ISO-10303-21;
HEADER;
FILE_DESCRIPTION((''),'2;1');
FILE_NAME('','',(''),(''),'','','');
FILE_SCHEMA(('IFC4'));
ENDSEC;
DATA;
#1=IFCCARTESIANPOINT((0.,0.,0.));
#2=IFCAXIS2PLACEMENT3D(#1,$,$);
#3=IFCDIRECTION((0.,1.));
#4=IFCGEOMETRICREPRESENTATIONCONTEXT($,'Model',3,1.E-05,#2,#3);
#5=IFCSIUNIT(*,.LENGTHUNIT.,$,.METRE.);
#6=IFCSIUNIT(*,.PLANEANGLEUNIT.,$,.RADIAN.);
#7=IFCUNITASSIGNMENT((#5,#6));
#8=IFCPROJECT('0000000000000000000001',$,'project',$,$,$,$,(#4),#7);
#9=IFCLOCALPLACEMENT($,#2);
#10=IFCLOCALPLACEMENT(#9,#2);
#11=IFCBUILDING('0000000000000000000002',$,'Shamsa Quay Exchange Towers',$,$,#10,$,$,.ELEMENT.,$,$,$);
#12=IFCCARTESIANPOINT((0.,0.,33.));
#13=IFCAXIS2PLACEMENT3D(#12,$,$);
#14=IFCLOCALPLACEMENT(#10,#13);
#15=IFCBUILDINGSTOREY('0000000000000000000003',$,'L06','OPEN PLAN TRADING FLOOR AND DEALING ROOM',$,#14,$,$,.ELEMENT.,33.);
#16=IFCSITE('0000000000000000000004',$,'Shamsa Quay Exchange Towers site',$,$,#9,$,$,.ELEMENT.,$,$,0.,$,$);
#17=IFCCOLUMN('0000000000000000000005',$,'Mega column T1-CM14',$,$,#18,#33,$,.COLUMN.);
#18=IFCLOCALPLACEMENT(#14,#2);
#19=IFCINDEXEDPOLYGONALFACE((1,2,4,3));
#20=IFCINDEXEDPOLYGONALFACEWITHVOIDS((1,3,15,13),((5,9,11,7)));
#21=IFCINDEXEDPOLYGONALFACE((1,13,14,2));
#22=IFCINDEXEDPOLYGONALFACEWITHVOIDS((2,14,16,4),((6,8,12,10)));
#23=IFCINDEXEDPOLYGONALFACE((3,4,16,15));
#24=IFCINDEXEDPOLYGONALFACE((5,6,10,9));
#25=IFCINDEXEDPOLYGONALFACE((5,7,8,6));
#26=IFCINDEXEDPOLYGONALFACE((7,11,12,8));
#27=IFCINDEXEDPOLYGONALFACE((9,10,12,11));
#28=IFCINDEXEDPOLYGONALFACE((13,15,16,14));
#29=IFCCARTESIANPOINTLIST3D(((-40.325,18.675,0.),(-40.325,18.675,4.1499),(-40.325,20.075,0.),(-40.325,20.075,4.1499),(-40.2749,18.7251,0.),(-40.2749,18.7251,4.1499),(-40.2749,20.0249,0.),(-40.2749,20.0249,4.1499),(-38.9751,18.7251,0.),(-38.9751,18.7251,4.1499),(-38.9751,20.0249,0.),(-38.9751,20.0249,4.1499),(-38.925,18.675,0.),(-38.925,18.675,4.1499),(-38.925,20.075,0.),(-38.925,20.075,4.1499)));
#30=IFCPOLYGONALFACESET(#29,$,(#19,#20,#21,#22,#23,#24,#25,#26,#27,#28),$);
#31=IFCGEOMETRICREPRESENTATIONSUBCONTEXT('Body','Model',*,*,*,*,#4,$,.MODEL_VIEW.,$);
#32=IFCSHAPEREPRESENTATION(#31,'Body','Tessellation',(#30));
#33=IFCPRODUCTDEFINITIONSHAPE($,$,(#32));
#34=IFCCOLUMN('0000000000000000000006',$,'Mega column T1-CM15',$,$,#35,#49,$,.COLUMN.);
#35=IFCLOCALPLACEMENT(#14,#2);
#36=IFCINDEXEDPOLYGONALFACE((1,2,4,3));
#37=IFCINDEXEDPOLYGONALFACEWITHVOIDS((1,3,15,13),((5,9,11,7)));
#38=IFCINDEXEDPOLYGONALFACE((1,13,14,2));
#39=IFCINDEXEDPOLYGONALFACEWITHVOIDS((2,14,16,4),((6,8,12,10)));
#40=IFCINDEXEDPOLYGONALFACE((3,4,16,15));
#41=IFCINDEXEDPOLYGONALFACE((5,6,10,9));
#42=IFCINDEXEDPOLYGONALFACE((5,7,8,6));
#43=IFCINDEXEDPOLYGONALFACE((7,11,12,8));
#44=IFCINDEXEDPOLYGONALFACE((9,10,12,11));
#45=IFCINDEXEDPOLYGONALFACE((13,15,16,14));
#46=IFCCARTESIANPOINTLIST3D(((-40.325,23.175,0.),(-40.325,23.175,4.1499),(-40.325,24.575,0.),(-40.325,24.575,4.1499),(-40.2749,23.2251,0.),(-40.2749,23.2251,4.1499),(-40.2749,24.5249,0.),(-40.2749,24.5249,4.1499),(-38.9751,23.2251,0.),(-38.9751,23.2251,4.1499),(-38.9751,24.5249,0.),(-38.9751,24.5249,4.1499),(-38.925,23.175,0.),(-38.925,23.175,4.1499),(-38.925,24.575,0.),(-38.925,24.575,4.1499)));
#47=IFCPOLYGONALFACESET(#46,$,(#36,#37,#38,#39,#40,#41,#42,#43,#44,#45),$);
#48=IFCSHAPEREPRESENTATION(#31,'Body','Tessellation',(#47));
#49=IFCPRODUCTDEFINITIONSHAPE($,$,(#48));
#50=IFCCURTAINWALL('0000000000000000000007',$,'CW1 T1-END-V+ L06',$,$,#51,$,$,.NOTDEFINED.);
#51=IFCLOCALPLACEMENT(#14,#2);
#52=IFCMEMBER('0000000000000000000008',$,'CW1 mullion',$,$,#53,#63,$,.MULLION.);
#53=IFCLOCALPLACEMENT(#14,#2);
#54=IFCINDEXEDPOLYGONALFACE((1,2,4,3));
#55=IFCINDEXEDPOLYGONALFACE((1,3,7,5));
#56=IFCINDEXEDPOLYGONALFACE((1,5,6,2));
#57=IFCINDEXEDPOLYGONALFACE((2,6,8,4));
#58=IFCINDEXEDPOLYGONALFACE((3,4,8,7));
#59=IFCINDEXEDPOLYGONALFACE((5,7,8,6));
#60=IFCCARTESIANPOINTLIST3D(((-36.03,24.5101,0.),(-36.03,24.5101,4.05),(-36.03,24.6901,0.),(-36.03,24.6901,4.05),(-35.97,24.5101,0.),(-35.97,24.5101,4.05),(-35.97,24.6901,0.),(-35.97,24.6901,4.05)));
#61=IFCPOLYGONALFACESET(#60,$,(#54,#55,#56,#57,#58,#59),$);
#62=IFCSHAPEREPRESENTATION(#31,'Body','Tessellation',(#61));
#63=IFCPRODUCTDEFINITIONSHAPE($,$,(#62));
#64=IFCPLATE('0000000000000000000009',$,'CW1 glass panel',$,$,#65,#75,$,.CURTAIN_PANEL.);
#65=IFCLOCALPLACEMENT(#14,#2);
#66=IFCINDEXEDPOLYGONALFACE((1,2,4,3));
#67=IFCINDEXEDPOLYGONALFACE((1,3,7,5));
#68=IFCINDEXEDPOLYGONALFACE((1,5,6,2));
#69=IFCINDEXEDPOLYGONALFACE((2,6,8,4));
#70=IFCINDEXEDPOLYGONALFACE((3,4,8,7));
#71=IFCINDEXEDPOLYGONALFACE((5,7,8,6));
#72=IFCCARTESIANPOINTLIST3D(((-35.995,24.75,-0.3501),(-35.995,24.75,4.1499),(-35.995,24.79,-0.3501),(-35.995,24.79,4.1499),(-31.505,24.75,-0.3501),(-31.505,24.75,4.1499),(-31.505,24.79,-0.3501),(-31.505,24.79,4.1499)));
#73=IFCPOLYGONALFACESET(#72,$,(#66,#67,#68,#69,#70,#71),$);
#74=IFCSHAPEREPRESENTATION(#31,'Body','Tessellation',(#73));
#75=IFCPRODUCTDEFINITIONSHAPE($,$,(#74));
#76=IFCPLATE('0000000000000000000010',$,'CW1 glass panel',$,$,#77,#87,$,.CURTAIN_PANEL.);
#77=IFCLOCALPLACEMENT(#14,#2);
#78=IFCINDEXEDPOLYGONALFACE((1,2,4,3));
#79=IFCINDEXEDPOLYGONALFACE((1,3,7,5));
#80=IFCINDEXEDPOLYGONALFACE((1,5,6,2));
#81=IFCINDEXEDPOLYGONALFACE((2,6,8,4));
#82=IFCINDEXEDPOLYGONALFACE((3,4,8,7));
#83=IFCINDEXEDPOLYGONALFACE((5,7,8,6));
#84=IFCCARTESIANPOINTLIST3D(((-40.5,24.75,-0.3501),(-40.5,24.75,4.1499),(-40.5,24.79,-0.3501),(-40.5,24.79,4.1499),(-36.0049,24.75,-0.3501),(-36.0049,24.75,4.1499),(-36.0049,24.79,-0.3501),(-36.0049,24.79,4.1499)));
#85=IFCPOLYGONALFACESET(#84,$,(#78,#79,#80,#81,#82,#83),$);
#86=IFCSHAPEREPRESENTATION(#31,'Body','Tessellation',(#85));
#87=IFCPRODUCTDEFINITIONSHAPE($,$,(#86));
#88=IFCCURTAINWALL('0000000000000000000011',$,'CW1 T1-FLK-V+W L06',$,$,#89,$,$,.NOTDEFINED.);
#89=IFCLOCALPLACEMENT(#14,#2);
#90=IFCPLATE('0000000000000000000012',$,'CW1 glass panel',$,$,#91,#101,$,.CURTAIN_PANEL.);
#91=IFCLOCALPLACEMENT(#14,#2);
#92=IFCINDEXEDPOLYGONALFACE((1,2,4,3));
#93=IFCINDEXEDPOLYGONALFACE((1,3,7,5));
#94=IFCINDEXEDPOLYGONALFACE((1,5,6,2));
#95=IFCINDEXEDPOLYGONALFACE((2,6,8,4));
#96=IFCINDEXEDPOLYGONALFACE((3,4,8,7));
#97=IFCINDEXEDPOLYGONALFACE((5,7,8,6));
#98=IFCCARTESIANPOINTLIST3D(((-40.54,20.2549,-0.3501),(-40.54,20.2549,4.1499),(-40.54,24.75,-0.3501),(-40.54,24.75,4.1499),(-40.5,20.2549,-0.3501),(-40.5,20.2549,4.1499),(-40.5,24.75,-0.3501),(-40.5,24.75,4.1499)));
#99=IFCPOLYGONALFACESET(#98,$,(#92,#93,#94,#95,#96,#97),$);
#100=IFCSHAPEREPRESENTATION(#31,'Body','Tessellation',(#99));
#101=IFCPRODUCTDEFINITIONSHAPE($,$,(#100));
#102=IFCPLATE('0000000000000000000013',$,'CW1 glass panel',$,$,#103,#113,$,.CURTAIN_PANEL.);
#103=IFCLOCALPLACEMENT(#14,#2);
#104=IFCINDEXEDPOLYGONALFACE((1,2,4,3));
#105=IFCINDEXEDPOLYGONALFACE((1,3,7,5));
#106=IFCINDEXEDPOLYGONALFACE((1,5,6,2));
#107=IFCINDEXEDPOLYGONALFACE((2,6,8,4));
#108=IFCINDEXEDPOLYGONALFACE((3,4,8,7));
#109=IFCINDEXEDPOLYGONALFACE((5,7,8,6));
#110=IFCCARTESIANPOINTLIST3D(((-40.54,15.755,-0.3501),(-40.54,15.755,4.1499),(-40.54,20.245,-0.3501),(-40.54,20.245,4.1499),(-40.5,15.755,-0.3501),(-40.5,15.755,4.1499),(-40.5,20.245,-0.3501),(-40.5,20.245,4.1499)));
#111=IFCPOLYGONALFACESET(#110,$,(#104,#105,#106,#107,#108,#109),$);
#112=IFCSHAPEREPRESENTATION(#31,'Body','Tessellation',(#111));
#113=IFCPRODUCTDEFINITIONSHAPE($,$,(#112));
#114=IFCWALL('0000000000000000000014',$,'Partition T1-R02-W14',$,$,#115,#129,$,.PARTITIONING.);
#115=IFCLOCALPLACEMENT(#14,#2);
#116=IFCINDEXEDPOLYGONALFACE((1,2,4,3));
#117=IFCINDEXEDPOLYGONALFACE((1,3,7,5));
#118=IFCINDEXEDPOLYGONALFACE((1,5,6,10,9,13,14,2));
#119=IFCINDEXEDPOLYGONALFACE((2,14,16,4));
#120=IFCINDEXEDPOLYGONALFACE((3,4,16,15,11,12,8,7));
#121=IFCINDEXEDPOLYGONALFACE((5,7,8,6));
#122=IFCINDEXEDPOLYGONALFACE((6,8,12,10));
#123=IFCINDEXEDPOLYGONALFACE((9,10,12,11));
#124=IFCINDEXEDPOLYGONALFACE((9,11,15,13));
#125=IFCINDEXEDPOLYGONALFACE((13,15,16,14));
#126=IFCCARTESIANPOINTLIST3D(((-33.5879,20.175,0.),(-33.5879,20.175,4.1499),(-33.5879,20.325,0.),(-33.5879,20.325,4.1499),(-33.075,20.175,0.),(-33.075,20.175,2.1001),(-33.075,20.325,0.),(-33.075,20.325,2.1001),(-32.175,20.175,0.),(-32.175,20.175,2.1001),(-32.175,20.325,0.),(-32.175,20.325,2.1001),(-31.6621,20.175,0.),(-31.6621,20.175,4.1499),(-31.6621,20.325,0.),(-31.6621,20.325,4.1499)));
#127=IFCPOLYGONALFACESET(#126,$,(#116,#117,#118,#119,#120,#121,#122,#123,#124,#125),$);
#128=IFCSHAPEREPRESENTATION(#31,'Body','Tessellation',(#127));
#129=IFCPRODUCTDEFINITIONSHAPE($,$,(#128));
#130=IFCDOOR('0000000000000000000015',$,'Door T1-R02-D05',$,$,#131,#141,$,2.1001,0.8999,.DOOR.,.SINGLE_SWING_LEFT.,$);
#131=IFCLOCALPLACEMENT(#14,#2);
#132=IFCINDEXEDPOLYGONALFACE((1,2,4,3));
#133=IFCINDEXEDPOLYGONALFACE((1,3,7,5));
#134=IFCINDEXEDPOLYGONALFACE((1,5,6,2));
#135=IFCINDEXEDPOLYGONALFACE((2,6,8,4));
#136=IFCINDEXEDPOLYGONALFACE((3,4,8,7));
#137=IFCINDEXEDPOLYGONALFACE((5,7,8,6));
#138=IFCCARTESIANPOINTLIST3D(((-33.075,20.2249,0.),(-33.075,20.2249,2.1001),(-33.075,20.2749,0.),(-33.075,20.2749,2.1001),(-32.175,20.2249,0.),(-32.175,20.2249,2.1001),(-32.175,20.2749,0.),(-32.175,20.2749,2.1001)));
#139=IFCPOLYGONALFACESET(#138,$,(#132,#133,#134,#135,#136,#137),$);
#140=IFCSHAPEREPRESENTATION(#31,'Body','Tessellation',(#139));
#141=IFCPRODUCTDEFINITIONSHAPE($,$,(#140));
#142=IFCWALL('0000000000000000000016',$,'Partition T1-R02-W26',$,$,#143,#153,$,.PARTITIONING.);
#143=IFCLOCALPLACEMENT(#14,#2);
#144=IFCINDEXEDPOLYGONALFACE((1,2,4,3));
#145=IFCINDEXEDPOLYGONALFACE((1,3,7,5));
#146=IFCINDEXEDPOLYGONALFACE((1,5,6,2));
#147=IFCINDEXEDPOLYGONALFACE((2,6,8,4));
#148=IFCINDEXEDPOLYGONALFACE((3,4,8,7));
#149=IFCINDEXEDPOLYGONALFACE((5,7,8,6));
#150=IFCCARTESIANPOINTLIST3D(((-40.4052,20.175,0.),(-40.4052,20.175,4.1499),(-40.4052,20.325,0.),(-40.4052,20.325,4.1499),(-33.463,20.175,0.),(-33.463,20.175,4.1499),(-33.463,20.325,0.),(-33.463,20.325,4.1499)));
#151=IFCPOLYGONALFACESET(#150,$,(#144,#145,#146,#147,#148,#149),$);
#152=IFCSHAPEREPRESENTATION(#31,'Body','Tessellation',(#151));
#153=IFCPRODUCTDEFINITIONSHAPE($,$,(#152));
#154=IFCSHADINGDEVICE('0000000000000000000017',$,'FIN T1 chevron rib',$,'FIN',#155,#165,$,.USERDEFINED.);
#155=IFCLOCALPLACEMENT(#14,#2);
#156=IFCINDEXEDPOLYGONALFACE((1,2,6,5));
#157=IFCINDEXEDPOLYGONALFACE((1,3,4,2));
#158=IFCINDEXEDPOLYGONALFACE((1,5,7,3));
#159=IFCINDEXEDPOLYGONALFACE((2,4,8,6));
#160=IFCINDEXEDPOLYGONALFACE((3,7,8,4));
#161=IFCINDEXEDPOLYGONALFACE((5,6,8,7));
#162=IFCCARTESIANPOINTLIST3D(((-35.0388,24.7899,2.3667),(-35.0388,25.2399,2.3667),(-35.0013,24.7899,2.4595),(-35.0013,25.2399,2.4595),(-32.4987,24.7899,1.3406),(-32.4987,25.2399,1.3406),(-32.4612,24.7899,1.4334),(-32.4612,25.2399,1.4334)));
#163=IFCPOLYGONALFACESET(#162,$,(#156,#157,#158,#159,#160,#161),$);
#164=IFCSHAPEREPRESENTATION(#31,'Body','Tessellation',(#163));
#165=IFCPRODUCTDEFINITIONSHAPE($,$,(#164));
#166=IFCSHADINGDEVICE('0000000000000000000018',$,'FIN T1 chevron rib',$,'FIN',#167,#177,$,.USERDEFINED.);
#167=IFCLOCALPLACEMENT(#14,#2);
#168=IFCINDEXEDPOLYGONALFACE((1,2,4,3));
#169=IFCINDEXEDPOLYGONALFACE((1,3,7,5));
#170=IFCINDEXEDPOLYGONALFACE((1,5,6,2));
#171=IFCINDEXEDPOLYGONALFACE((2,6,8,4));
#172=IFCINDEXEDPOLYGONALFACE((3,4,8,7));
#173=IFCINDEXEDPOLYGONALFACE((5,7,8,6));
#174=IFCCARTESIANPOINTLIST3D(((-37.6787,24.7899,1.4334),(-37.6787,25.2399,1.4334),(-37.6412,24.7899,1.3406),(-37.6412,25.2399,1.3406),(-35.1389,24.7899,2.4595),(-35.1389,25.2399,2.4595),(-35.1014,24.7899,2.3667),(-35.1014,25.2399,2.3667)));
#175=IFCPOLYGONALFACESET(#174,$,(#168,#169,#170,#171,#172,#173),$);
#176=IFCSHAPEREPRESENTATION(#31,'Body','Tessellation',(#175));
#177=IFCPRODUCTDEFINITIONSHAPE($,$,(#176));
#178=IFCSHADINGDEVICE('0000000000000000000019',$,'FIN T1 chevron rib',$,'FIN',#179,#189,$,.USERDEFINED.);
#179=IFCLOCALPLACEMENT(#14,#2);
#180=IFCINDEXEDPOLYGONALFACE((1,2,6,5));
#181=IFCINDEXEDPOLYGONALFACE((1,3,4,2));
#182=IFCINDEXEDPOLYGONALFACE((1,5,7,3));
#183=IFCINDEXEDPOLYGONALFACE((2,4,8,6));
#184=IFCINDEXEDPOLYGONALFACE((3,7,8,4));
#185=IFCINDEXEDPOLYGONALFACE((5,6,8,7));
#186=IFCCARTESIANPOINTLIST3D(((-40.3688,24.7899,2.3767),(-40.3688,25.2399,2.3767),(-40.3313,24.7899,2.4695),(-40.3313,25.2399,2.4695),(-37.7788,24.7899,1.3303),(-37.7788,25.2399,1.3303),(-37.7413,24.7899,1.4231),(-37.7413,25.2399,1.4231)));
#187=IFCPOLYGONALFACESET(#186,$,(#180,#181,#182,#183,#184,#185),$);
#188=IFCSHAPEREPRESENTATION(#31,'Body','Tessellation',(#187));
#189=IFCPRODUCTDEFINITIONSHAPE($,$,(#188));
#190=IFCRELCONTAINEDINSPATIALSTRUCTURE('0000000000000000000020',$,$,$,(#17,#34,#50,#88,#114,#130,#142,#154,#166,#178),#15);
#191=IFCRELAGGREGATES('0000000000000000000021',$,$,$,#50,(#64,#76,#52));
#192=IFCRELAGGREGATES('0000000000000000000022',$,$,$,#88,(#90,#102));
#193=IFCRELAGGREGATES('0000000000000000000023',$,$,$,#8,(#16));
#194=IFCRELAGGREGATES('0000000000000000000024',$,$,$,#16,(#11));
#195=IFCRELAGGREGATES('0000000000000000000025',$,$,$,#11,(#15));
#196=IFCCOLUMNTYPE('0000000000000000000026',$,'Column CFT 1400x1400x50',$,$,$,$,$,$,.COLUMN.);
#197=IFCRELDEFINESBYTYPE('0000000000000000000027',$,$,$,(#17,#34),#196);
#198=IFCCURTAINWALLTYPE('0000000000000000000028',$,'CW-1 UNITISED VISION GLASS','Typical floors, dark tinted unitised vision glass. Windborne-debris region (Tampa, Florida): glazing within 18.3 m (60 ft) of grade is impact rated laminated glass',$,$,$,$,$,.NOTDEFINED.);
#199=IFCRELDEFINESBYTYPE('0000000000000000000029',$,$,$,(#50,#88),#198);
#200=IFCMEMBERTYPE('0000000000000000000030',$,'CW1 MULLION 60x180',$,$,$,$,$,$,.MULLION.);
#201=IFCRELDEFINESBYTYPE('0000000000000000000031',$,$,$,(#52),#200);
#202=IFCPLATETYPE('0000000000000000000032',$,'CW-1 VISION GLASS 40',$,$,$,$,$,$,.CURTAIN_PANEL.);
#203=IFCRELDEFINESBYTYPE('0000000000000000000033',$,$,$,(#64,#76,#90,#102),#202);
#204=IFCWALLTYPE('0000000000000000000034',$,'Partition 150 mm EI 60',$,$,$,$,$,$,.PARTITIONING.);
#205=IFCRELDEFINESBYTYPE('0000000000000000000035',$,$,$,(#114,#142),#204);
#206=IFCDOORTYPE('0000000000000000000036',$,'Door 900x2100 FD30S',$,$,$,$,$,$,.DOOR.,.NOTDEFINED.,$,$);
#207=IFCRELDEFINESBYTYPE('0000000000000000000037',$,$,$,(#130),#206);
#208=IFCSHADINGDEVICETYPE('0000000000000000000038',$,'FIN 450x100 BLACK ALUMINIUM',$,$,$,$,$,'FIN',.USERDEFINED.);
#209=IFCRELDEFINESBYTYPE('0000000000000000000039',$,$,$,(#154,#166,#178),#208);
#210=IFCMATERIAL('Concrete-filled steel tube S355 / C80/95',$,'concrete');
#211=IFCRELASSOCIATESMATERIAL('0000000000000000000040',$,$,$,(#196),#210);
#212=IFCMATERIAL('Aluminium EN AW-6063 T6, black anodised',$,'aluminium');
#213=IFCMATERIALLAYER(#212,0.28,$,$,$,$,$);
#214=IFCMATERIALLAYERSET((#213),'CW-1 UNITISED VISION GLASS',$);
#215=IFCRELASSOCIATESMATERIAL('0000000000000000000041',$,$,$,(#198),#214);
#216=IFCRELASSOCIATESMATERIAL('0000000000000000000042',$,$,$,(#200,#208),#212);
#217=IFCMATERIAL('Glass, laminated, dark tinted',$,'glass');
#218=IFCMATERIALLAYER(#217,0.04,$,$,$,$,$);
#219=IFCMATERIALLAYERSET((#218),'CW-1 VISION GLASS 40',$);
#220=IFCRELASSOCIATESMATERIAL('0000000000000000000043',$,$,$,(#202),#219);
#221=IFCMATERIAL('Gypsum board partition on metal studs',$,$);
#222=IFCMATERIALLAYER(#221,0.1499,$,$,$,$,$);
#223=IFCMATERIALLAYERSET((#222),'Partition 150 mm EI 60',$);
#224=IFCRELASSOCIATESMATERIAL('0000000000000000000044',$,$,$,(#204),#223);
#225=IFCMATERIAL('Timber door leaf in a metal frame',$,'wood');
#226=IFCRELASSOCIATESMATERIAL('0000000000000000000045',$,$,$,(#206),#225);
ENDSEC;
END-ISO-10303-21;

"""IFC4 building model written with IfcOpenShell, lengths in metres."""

from ifc_helpers import new_model, si_unit, direction, frame, frame_2d, origin, origin_2d, place, context, subcontext, project, spatial, rectangle, hollow_rectangle, extrude, material, layer, layer_set, material_profile, profile_set, type_object, element, fill, aggregate, save


model = new_model("IFC4")

# Units and contexts
model_context = context("Model", 3, precision=1e-05, world=origin(), true_north=direction((0.0, 1.0)))
body_context = subcontext(model_context, "Body", "Model", "MODEL_VIEW")
ifc_project = project(units=[si_unit("LENGTHUNIT", "METRE"), si_unit("PLANEANGLEUNIT", "RADIAN")], contexts=[model_context])

# Site, building, storey
site_placement = place(None, origin())
site = spatial("IfcSite", under=ifc_project, at=site_placement, Name="Shamsa Quay Exchange Towers site", CompositionType="ELEMENT", RefElevation=0.0)
building_placement = place(site_placement, origin())
building = spatial("IfcBuilding", under=site, at=building_placement, Name="Shamsa Quay Exchange Towers", CompositionType="ELEMENT")
storey_placement = place(building_placement, frame((0.0, 0.0, 33.0)))
storey = spatial("IfcBuildingStorey", under=building, at=storey_placement, Name="L06", Description="OPEN PLAN TRADING FLOOR AND DEALING ROOM", CompositionType="ELEMENT", Elevation=33.0)

# Columns
ifc_material_1 = material(Name="Concrete-filled steel tube S355 / C80/95", Category="concrete")
ifc_material_profile_1 = material_profile(ifc_material_1, hollow_rectangle(XDim=1.3999, YDim=1.3999, WallThickness=0.05, at=origin_2d()), Name="CFT 1400x1400x50")
ifc_profile_set_1 = profile_set([ifc_material_profile_1], Name="Concrete-filled steel tube S355 / C80/95")
column_type = type_object("IfcColumnType", Name="Column CFT 1400x1400x50", PredefinedType="COLUMN", material=ifc_profile_set_1)
for number, where, name in (
    (1, (-39.625, 19.375, 0.0), "Mega column T1-CM14"),
    (2, (-39.625, 23.875, 0.0), "Mega column T1-CM15"),
):
    element("IfcColumn", number, at=place(storey_placement, frame(where)), inside=storey, type_object=column_type, Name=name, PredefinedType="COLUMN", context=body_context, shape_type="SweptSolid", body=[
        extrude(hollow_rectangle(XDim=1.3999, YDim=1.3999, WallThickness=0.05, at=origin_2d()), origin(), (0.0, 0.0, 1.0), 4.1499),
    ])

# Curtain wall, member, plates
ifc_material_2 = material(Name="Aluminium EN AW-6063 T6, black anodised", Category="aluminium")
ifc_layer_1 = layer(ifc_material_2, 0.28)
ifc_layer_set_1 = layer_set([ifc_layer_1], Name="CW-1 UNITISED VISION GLASS")
curtain_wall_type = type_object("IfcCurtainWallType", Name="CW-1 UNITISED VISION GLASS", Description="Typical floors, dark tinted unitised vision glass. Windborne-debris region (Tampa, Florida): glazing within 18.3 m (60 ft) of grade is impact rated laminated glass", PredefinedType="NOTDEFINED", material=ifc_layer_set_1)
curtain_wall_1_placement = place(storey_placement, origin())
curtain_wall_1 = element("IfcCurtainWall", 3, at=curtain_wall_1_placement, inside=storey, type_object=curtain_wall_type, Name="CW1 T1-END-V+ L06", PredefinedType="NOTDEFINED")
ifc_material_profile_2 = material_profile(ifc_material_2, rectangle(XDim=0.1799, YDim=0.0601, at=origin_2d()), Name="MU60x180")
ifc_profile_set_2 = profile_set([ifc_material_profile_2], Name="Aluminium EN AW-6063 T6, black anodised")
member_type = type_object("IfcMemberType", Name="CW1 MULLION 60x180", PredefinedType="MULLION", material=ifc_profile_set_2)
member_placement = place(storey_placement, frame((-36.0, 24.6001, 0.0), z_axis=(0.0, 0.0, 1.0), x_axis=(0.0, -1.0, 0.0)))
member = element("IfcMember", 4, at=member_placement, type_object=member_type, Name="CW1 mullion", PredefinedType="MULLION", context=body_context, shape_type="SweptSolid", body=[
    extrude(rectangle(XDim=0.1799, YDim=0.0601, at=origin_2d()), origin(), (0.0, 0.0, 1.0), 4.05),
])
ifc_material_3 = material(Name="Glass, laminated, dark tinted", Category="glass")
ifc_layer_2 = layer(ifc_material_3, 0.04)
ifc_layer_set_2 = layer_set([ifc_layer_2], Name="CW-1 VISION GLASS 40")
plate_type = type_object("IfcPlateType", Name="CW-1 VISION GLASS 40", PredefinedType="CURTAIN_PANEL", material=ifc_layer_set_2)
plate_1_placement = place(storey_placement, frame((-33.75, 24.77, -0.3501), z_axis=(0.0, 0.0, 1.0), x_axis=(-1.0, 0.0, 0.0)))
plate_1 = element("IfcPlate", 5, at=plate_1_placement, type_object=plate_type, Name="CW1 glass panel", PredefinedType="CURTAIN_PANEL", context=body_context, shape_type="SweptSolid", body=[
    extrude(rectangle(XDim=4.49, YDim=0.04, at=origin_2d()), origin(), (0.0, 0.0, 1.0), 4.5),
])
plate_2_placement = place(storey_placement, frame((-38.2524, 24.77, -0.3501), z_axis=(0.0, 0.0, 1.0), x_axis=(-1.0, 0.0, 0.0)))
plate_2 = element("IfcPlate", 6, at=plate_2_placement, type_object=plate_type, Name="CW1 glass panel", PredefinedType="CURTAIN_PANEL", context=body_context, shape_type="SweptSolid", body=[
    extrude(rectangle(XDim=4.4951, YDim=0.04, at=origin_2d()), origin(), (0.0, 0.0, 1.0), 4.5),
])
aggregate(curtain_wall_1, [plate_1, plate_2, member])

# Curtain wall, plates
curtain_wall_2_placement = place(storey_placement, origin())
curtain_wall_2 = element("IfcCurtainWall", 7, at=curtain_wall_2_placement, inside=storey, type_object=curtain_wall_type, Name="CW1 T1-FLK-V+W L06", PredefinedType="NOTDEFINED")
plate_3_placement = place(storey_placement, frame((-40.52, 22.5024, -0.3501), z_axis=(0.0, 0.0, 1.0), x_axis=(0.0, -1.0, 0.0)))
plate_3 = element("IfcPlate", 8, at=plate_3_placement, type_object=plate_type, Name="CW1 glass panel", PredefinedType="CURTAIN_PANEL", context=body_context, shape_type="SweptSolid", body=[
    extrude(rectangle(XDim=4.4951, YDim=0.04, at=origin_2d()), origin(), (0.0, 0.0, 1.0), 4.5),
])
plate_4_placement = place(storey_placement, frame((-40.52, 18.0, -0.3501), z_axis=(0.0, 0.0, 1.0), x_axis=(0.0, -1.0, 0.0)))
plate_4 = element("IfcPlate", 9, at=plate_4_placement, type_object=plate_type, Name="CW1 glass panel", PredefinedType="CURTAIN_PANEL", context=body_context, shape_type="SweptSolid", body=[
    extrude(rectangle(XDim=4.49, YDim=0.04, at=origin_2d()), origin(), (0.0, 0.0, 1.0), 4.5),
])
aggregate(curtain_wall_2, [plate_3, plate_4])

# Wall, opening, door
ifc_material_4 = material(Name="Gypsum board partition on metal studs")
ifc_layer_3 = layer(ifc_material_4, 0.1499)
ifc_layer_set_3 = layer_set([ifc_layer_3], Name="Partition 150 mm EI 60")
wall_type = type_object("IfcWallType", Name="Partition 150 mm EI 60", PredefinedType="PARTITIONING", material=ifc_layer_set_3)
wall_1_placement = place(storey_placement, frame((-33.5879, 20.25, 0.0)))
wall_1 = element("IfcWall", 10, at=wall_1_placement, inside=storey, type_object=wall_type, Name="Partition T1-R02-W14", PredefinedType="PARTITIONING", context=body_context, shape_type="SweptSolid", body=[
    extrude(rectangle(XDim=1.9258, YDim=0.1499, at=frame_2d((0.9629, 0.0))), origin(), (0.0, 0.0, 1.0), 4.1499),
])
opening_placement = place(wall_1_placement, frame((0.5129, 0.0, 0.0)))
opening = element("IfcOpeningElement", 11, at=opening_placement, cuts=wall_1, PredefinedType="OPENING", context=body_context, shape_type="SweptSolid", body=[
    extrude(rectangle(XDim=0.8999, YDim=2.1001, at=frame_2d((0.45, 1.05))), frame((0.0, 0.085, 0.0), z_axis=(0.0, -1.0, 0.0), x_axis=(1.0, 0.0, 0.0)), (0.0, 0.0, 1.0), 0.1699),
])
ifc_material_5 = material(Name="Timber door leaf in a metal frame", Category="wood")
door_type = type_object("IfcDoorType", Name="Door 900x2100 FD30S", OperationType="NOTDEFINED", PredefinedType="DOOR", material=ifc_material_5)
door_placement = place(opening_placement, origin())
door = element("IfcDoor", 12, at=door_placement, inside=storey, type_object=door_type, Name="Door T1-R02-D05", OperationType="SINGLE_SWING_LEFT", OverallHeight=2.1001, OverallWidth=0.8999, PredefinedType="DOOR", context=body_context, shape_type="SweptSolid", body=[
    extrude(rectangle(XDim=0.8999, YDim=2.1001, at=frame_2d((0.45, 1.05))), frame((0.0, 0.0249, 0.0), z_axis=(0.0, -1.0, 0.0), x_axis=(1.0, 0.0, 0.0)), (0.0, 0.0, 1.0), 0.05),
])
fill(opening, door)

# Wall
wall_2_placement = place(storey_placement, frame((-33.4629, 20.25, 0.0), z_axis=(0.0, 0.0, 1.0), x_axis=(-1.0, 0.0, 0.0)))
element("IfcWall", 13, at=wall_2_placement, inside=storey, type_object=wall_type, Name="Partition T1-R02-W26", PredefinedType="PARTITIONING", context=body_context, shape_type="SweptSolid", body=[
    extrude(rectangle(XDim=6.9421, YDim=0.1499, at=frame_2d((3.4712, 0.0))), origin(), (0.0, 0.0, 1.0), 4.1499),
])

# Shading devices
ifc_material_profile_3 = material_profile(ifc_material_2, rectangle(XDim=0.45, YDim=0.1001, at=origin_2d()), Name="FIN450x100")
ifc_profile_set_3 = profile_set([ifc_material_profile_3], Name="Aluminium EN AW-6063 T6, black anodised")
shading_device_type = type_object("IfcShadingDeviceType", Name="FIN 450x100 BLACK ALUMINIUM", ElementType="FIN", PredefinedType="USERDEFINED", material=ifc_profile_set_3)
shading_device_1_placement = place(storey_placement, frame((-32.48, 25.0149, 1.387), z_axis=(-0.927199, 0.0, 0.374569), x_axis=(0.0, -1.0, 0.0)))
element("IfcShadingDevice", 14, at=shading_device_1_placement, inside=storey, type_object=shading_device_type, Name="FIN T1 chevron rib", ObjectType="FIN", PredefinedType="USERDEFINED", context=body_context, shape_type="SweptSolid", body=[
    extrude(rectangle(XDim=0.45, YDim=0.1001, at=origin_2d()), origin(), (0.0, 0.0, 1.0), 2.7395),
])
shading_device_2_placement = place(storey_placement, frame((-35.1201, 25.0149, 2.4131), z_axis=(-0.927186, 0.0, -0.3746), x_axis=(0.0, -1.0, 0.0)))
element("IfcShadingDevice", 15, at=shading_device_2_placement, inside=storey, type_object=shading_device_type, Name="FIN T1 chevron rib", ObjectType="FIN", PredefinedType="USERDEFINED", context=body_context, shape_type="SweptSolid", body=[
    extrude(rectangle(XDim=0.45, YDim=0.1001, at=origin_2d()), origin(), (0.0, 0.0, 1.0), 2.7393),
])
for number, where, z_axis, x_axis, name in (
    (16, (-37.76, 25.0149, 1.3767), (-0.927193, 0.0, 0.374583), (0.0, -1.0, 0.0), "FIN T1 chevron rib"),
):
    element("IfcShadingDevice", number, at=place(storey_placement, frame(where, z_axis=z_axis, x_axis=x_axis)), inside=storey, type_object=shading_device_type, Name=name, ObjectType="FIN", PredefinedType="USERDEFINED", context=body_context, shape_type="SweptSolid", body=[
        extrude(rectangle(XDim=0.45, YDim=0.1001, at=origin_2d()), origin(), (0.0, 0.0, 1.0), 2.7935),
    ])

save(model, "model.ifc")
